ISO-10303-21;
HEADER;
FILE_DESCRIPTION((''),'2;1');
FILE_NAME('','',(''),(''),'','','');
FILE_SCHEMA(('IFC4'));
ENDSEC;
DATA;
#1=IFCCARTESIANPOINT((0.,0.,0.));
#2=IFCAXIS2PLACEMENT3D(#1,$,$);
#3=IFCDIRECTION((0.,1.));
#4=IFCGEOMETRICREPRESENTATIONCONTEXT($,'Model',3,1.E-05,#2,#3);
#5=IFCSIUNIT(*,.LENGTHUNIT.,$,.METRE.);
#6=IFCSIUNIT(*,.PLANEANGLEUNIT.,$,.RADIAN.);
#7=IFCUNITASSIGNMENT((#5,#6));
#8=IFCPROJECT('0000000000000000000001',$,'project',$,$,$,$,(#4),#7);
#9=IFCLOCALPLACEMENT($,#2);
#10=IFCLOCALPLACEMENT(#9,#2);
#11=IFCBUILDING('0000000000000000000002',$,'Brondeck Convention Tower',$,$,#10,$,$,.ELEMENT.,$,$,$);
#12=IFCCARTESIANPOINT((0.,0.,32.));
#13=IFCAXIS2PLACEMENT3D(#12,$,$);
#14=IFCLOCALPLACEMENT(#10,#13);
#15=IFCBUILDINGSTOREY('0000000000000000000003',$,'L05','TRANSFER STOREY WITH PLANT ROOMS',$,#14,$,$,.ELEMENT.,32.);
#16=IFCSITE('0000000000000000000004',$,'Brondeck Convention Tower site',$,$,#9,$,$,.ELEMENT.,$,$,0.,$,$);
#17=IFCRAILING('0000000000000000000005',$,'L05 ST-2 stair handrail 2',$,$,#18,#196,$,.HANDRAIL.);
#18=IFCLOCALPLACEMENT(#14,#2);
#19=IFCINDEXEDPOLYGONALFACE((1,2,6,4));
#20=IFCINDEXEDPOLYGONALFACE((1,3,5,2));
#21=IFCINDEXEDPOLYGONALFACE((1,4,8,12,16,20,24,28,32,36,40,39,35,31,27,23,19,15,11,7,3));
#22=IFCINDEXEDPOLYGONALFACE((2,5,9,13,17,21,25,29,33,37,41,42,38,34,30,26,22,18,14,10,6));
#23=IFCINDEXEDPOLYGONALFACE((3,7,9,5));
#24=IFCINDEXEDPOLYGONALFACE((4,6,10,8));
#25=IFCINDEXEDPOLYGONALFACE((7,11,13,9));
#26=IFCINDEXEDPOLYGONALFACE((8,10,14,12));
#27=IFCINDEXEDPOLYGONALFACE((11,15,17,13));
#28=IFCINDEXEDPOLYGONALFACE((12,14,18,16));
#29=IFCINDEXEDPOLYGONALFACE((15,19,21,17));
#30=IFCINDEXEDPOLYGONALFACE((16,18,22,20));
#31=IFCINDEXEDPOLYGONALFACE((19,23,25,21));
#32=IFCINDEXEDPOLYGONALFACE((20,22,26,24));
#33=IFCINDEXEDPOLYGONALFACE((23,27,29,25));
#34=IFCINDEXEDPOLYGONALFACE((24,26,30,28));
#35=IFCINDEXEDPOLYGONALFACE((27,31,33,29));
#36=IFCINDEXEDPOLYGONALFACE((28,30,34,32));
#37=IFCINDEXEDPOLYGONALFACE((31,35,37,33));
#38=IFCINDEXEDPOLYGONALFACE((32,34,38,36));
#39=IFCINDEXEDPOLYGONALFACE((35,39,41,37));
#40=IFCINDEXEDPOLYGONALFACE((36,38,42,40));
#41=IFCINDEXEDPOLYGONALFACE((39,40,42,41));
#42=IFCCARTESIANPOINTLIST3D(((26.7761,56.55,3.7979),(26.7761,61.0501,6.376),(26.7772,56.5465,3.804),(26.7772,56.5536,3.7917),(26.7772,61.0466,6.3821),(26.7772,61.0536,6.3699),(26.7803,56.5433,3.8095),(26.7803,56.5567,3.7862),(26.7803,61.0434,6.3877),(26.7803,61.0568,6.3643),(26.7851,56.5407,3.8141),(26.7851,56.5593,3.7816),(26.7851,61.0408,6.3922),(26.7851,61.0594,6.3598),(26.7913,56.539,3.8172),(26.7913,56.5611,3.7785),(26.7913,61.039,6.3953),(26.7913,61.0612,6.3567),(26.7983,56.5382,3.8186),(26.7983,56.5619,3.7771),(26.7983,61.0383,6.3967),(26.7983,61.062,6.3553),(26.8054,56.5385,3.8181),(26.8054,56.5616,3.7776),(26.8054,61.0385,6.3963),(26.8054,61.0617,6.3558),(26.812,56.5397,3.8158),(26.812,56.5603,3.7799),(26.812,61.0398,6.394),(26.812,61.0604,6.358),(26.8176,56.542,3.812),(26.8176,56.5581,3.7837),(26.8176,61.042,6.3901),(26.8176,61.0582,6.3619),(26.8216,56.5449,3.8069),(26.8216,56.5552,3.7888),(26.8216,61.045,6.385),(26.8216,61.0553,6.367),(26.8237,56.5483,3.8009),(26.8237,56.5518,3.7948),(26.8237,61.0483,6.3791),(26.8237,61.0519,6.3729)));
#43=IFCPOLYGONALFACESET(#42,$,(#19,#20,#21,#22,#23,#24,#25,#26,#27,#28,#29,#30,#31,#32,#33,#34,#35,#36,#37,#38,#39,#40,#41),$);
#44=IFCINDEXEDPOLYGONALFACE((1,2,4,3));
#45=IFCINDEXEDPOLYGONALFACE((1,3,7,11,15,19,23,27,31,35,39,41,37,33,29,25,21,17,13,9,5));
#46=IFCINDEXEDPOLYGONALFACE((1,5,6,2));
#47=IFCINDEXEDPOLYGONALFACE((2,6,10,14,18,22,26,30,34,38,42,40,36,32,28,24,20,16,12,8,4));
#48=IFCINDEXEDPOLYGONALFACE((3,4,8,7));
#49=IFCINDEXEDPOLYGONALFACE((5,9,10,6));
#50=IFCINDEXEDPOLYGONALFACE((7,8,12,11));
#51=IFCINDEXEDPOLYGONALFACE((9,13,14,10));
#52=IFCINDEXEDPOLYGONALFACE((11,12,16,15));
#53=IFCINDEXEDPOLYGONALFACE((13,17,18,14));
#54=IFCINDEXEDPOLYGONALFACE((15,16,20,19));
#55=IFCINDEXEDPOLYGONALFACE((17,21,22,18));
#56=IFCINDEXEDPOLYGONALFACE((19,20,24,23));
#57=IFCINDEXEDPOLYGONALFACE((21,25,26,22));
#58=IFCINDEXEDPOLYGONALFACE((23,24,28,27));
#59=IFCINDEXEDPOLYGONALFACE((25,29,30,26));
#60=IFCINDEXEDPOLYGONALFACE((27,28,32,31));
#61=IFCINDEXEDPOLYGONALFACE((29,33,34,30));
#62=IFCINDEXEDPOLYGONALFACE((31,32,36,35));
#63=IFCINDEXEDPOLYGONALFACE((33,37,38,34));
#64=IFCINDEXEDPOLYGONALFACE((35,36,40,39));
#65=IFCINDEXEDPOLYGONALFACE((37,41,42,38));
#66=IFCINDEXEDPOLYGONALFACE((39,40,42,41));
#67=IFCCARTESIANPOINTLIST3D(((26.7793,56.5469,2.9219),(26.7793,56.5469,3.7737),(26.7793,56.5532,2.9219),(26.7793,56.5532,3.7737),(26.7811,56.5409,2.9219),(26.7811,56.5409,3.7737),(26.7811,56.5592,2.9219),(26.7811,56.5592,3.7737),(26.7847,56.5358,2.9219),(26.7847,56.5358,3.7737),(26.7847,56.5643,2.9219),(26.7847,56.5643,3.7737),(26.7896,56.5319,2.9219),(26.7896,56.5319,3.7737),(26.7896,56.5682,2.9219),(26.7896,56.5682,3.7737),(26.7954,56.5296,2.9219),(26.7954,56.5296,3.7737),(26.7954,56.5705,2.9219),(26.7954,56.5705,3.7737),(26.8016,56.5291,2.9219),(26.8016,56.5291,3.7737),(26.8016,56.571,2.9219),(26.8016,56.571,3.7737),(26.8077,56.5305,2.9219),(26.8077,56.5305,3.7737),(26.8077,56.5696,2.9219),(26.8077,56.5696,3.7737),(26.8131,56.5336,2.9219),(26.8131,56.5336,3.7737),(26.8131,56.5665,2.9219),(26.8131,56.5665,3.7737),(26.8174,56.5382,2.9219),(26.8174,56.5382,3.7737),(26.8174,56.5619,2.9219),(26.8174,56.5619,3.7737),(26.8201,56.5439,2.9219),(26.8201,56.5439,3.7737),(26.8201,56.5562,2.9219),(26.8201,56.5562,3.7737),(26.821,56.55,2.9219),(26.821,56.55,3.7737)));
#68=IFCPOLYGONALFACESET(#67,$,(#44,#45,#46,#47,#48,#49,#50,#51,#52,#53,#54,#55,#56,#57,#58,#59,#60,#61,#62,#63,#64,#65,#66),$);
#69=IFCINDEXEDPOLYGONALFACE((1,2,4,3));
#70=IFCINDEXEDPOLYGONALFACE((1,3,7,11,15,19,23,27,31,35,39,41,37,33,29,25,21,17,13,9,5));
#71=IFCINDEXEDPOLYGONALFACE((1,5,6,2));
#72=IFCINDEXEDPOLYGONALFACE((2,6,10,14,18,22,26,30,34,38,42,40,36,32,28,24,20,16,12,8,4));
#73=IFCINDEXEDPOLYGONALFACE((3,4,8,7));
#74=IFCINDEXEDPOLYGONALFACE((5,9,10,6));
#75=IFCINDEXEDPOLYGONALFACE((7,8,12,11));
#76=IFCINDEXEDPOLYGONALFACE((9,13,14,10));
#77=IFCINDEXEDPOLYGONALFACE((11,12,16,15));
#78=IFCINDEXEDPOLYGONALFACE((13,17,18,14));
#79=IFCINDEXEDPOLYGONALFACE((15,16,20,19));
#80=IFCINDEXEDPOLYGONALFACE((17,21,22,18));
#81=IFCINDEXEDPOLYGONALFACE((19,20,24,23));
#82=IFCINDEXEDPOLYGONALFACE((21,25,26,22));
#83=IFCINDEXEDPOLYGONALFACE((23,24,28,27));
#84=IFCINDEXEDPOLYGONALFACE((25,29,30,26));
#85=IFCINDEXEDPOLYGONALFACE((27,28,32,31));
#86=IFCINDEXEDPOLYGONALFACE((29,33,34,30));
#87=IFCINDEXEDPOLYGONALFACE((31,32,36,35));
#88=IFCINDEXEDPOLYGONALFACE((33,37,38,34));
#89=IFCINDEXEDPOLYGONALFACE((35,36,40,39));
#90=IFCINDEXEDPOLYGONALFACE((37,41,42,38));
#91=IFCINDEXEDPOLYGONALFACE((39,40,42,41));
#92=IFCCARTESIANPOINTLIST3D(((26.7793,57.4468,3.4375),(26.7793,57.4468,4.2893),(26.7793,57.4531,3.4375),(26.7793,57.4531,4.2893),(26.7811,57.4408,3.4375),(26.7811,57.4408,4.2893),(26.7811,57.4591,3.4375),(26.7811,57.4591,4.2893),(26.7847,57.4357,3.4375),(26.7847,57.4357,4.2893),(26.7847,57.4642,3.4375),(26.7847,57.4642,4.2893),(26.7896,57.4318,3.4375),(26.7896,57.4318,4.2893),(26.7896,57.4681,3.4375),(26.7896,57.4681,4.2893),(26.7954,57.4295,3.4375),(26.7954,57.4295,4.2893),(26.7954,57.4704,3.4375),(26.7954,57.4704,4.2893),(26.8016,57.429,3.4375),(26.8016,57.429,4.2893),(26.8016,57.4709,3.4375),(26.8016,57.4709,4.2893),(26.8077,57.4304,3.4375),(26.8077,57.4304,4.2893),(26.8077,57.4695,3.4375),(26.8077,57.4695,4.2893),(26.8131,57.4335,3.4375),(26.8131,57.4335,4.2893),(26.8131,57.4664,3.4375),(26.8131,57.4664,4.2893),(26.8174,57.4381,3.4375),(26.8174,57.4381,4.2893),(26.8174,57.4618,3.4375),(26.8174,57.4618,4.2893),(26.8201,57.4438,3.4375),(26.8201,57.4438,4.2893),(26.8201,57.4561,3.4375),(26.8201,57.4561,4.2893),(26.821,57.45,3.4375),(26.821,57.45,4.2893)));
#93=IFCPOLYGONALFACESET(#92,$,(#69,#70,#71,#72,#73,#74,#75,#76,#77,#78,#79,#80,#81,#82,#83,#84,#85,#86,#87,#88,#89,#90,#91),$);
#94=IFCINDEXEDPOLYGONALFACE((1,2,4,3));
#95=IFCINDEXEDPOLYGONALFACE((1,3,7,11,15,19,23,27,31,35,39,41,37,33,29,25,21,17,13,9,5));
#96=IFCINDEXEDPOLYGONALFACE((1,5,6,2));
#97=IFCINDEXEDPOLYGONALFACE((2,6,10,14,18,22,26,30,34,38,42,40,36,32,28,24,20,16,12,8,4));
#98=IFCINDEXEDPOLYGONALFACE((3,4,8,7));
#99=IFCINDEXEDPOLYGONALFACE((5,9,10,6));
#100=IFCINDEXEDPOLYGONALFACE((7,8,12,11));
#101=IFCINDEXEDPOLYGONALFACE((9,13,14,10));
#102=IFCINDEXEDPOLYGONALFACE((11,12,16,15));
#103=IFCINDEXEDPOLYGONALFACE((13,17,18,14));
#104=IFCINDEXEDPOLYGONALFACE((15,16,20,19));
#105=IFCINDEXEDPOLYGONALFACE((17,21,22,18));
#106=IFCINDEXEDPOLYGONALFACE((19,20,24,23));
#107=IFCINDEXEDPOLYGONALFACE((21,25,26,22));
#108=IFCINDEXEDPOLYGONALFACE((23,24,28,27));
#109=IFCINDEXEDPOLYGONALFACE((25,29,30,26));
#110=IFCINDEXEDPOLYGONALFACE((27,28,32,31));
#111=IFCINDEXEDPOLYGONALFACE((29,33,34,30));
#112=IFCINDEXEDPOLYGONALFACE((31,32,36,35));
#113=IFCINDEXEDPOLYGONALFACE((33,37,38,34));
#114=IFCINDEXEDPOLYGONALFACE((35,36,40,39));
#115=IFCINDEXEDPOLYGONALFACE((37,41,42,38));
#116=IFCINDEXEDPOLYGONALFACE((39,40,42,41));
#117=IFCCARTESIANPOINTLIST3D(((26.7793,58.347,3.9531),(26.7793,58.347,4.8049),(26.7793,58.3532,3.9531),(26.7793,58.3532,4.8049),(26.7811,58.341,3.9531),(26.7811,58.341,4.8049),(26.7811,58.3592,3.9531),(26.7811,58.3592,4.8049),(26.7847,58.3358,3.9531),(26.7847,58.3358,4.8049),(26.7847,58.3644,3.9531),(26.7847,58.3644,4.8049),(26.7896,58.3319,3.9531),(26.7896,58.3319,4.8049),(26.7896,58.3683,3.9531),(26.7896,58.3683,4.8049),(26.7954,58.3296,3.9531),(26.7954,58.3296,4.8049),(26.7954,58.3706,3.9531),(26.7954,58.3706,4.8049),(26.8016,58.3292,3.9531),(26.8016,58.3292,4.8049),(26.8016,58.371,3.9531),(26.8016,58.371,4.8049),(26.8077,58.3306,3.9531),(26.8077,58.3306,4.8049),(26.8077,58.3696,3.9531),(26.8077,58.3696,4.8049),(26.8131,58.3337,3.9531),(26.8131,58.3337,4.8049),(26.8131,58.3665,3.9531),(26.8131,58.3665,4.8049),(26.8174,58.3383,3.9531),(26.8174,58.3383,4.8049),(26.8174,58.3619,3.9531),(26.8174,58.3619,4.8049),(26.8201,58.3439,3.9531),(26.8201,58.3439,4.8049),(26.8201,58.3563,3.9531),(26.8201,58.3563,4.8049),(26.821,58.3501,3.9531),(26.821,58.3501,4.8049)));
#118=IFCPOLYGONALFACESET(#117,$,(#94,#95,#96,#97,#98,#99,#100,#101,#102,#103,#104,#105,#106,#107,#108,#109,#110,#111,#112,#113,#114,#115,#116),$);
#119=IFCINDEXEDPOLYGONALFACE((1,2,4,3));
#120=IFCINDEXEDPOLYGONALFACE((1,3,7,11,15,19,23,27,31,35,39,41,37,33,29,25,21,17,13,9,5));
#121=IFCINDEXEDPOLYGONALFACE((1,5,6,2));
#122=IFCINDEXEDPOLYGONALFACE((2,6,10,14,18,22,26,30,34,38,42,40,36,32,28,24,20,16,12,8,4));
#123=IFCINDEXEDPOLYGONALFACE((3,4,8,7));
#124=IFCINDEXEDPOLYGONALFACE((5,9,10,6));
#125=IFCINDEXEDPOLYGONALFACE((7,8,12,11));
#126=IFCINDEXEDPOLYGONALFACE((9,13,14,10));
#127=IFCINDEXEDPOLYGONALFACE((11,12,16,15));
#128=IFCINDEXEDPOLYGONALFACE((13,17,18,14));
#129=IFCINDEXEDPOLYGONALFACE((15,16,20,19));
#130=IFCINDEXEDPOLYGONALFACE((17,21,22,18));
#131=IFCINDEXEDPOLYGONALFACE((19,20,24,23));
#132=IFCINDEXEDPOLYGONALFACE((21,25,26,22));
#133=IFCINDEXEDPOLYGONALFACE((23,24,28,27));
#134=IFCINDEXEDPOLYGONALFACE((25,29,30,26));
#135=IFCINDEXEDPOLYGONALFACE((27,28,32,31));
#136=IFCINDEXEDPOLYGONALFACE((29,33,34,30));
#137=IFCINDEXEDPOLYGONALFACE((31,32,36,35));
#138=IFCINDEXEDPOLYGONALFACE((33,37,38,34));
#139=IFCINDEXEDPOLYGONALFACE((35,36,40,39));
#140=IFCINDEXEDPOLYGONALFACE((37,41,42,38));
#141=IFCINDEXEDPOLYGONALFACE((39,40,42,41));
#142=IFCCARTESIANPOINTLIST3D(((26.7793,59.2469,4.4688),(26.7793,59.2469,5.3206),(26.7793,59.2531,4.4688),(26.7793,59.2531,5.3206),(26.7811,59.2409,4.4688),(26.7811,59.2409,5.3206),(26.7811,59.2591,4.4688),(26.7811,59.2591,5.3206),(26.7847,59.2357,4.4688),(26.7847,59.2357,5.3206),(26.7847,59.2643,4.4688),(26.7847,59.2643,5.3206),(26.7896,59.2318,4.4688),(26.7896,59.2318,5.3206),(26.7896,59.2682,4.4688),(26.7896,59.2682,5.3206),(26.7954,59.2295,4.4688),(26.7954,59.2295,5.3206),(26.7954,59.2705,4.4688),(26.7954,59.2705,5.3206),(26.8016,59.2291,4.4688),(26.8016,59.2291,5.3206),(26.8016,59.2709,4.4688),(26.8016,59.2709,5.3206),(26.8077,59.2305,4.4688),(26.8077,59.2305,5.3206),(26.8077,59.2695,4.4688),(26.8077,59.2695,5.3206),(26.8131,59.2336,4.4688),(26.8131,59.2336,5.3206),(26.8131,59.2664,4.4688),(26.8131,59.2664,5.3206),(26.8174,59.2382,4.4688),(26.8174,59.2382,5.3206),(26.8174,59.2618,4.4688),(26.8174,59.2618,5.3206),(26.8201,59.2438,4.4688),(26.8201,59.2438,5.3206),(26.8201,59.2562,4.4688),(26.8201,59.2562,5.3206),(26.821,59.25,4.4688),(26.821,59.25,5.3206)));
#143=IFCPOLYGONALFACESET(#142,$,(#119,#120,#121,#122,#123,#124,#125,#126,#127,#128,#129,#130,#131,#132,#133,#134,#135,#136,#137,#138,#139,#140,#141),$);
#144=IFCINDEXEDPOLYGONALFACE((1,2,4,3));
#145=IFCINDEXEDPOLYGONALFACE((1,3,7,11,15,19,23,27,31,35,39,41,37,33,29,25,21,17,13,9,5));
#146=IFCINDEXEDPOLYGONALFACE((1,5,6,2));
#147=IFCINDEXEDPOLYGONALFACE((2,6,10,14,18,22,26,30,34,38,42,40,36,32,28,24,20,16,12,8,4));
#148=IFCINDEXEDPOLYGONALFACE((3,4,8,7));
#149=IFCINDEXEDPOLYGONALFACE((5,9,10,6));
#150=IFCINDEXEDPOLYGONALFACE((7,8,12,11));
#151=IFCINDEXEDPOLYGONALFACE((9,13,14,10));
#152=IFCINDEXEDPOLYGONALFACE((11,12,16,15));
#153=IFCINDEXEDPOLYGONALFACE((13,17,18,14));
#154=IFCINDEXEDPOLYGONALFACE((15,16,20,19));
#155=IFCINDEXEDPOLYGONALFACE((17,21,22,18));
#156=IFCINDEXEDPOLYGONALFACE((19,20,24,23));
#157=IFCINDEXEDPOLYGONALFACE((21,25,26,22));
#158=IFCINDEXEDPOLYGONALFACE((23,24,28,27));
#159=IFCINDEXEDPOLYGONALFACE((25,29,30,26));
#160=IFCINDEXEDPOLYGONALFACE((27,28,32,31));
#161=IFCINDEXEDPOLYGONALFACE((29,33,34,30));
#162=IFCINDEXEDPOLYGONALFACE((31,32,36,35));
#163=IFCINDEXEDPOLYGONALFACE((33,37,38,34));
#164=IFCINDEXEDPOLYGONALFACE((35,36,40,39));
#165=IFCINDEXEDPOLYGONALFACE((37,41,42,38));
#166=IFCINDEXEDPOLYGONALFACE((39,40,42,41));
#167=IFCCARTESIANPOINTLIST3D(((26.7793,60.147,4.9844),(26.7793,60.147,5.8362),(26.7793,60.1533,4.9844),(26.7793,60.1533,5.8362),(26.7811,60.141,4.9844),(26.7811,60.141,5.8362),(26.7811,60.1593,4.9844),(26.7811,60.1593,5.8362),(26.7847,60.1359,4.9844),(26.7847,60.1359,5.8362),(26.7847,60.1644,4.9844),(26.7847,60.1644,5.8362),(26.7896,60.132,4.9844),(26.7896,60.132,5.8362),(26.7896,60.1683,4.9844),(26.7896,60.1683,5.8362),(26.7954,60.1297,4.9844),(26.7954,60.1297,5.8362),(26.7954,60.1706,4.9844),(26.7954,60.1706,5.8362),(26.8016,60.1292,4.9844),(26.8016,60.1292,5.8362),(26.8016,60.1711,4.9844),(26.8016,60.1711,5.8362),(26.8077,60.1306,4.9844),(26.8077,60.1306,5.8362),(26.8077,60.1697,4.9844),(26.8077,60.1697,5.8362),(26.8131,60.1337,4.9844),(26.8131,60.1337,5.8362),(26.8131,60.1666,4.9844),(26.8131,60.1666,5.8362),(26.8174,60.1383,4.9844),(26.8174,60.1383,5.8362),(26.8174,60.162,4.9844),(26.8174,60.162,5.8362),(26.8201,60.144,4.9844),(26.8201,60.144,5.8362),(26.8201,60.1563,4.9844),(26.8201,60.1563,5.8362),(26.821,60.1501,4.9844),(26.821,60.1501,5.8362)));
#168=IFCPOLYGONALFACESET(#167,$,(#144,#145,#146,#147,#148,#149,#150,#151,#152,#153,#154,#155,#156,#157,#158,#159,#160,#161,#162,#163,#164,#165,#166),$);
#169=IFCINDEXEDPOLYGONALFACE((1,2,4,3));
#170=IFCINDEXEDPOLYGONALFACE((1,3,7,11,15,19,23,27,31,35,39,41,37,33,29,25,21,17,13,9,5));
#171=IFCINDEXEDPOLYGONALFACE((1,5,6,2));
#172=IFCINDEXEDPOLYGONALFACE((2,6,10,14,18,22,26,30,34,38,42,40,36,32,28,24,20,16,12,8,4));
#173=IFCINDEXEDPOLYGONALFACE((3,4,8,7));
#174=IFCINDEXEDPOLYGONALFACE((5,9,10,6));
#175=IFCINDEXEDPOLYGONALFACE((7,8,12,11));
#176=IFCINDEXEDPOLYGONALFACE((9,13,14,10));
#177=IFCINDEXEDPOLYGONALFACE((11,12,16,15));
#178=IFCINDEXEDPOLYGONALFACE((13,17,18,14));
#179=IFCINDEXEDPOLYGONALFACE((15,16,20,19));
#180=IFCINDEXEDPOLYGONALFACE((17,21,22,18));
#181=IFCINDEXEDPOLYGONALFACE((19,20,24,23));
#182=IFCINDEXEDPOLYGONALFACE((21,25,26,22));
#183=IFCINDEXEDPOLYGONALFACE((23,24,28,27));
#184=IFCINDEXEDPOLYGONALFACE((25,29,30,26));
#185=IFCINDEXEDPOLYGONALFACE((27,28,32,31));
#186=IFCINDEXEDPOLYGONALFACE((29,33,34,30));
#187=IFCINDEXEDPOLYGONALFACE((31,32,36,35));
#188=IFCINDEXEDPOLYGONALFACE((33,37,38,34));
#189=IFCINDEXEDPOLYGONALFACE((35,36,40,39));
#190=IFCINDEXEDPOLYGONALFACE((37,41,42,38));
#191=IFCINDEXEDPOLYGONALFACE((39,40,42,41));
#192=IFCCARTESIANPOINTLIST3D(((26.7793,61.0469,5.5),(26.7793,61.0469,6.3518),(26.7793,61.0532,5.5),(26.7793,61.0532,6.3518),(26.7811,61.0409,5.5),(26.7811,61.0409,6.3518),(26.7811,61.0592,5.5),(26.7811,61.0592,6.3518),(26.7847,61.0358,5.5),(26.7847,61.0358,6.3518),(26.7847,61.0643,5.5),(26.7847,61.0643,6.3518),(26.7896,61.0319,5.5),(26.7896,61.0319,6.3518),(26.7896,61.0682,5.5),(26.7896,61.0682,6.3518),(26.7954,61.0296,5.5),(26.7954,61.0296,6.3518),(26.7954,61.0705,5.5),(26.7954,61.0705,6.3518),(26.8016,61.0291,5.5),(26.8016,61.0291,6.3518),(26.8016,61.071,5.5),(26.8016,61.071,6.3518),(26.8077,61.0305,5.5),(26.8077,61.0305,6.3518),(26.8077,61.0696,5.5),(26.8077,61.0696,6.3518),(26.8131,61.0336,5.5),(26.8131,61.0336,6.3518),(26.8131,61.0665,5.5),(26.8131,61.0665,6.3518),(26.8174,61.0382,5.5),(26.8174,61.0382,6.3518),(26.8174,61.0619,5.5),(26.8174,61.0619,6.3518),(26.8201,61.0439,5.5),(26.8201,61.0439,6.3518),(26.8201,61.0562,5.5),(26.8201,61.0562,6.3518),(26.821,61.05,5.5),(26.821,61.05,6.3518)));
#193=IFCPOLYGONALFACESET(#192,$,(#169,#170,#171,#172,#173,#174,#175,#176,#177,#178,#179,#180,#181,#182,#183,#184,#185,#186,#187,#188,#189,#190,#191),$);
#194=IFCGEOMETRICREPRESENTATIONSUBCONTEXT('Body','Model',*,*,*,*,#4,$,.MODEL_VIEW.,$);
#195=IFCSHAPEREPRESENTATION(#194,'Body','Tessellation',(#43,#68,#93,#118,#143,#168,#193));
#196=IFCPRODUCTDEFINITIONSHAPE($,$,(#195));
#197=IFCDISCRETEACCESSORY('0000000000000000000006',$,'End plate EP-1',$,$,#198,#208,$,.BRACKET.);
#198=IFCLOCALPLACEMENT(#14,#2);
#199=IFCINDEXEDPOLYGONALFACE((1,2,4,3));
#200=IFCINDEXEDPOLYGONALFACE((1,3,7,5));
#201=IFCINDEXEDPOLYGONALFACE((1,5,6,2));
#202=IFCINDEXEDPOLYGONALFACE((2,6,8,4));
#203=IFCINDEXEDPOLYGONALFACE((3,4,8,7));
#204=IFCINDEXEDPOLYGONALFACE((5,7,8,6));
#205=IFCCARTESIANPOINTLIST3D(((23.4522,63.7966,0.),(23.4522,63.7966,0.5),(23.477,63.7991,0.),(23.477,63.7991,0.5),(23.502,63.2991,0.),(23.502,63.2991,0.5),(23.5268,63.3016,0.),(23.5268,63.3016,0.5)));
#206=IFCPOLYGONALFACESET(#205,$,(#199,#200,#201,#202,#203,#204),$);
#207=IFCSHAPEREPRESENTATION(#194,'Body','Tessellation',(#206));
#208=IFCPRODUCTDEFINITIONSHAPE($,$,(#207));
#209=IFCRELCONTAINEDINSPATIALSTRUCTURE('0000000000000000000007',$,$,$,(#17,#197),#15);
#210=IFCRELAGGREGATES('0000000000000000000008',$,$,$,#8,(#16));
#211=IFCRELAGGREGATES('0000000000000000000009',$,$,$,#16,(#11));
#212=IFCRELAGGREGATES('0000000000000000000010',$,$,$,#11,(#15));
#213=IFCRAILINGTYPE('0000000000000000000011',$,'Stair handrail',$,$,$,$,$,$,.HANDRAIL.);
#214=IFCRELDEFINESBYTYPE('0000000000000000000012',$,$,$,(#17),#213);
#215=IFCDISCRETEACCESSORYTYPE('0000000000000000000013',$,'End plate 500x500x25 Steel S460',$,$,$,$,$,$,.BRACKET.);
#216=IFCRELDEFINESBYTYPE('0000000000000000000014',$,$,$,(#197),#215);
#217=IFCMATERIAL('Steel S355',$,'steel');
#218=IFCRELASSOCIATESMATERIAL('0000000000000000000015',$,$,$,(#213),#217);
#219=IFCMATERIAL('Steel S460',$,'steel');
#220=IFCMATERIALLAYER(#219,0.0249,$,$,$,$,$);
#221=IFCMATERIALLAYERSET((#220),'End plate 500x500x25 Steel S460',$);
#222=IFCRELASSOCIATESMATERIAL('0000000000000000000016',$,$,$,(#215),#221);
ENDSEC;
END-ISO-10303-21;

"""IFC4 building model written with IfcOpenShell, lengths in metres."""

from ifc_helpers import new_model, si_unit, direction, frame, origin, origin_2d, place, context, subcontext, project, spatial, rectangle, circle, extrude, material, layer, layer_set, type_object, element, save


model = new_model("IFC4")

# Units and contexts
model_context = context("Model", 3, precision=1e-05, world=origin(), true_north=direction((0.0, 1.0)))
body_context = subcontext(model_context, "Body", "Model", "MODEL_VIEW")
ifc_project = project(units=[si_unit("LENGTHUNIT", "METRE"), si_unit("PLANEANGLEUNIT", "RADIAN")], contexts=[model_context])

# Site, building, storey
site_placement = place(None, origin())
site = spatial("IfcSite", under=ifc_project, at=site_placement, Name="Brondeck Convention Tower site", CompositionType="ELEMENT", RefElevation=0.0)
building_placement = place(site_placement, origin())
building = spatial("IfcBuilding", under=site, at=building_placement, Name="Brondeck Convention Tower", CompositionType="ELEMENT")
storey_placement = place(building_placement, frame((0.0, 0.0, 32.0)))
storey = spatial("IfcBuildingStorey", under=building, at=storey_placement, Name="L05", Description="TRANSFER STOREY WITH PLANT ROOMS", CompositionType="ELEMENT", Elevation=32.0)

# Shared definitions
ifc_material_1 = material(Name="Steel S460", Category="steel")

# Railing
ifc_material_2 = material(Name="Steel S355", Category="steel")
railing_type_1 = type_object("IfcRailingType", Name="Stair handrail", PredefinedType="HANDRAIL", material=ifc_material_2)
railing_1_placement = place(storey_placement, frame((26.8, 56.55, 2.9219)))
element("IfcRailing", 1, at=railing_1_placement, inside=storey, type_object=railing_type_1, Name="L05 ST-2 stair handrail 2", PredefinedType="HANDRAIL", context=body_context, shape_type="SweptSolid", body=[
    extrude(circle(Radius=0.0239, at=origin_2d()), frame((0.0, 0.0, 0.876), z_axis=(0.0, 0.867686, 0.497112), x_axis=(-1.0, 0.0, 0.0)), (0.0, 0.0, 1.0), 5.1863),
    extrude(circle(Radius=0.021, at=origin_2d()), origin(), (0.0, 0.0, 1.0), 0.8518),
    extrude(circle(Radius=0.021, at=origin_2d()), frame((0.0, 0.8999, 0.5156)), (0.0, 0.0, 1.0), 0.8518),
    extrude(circle(Radius=0.021, at=origin_2d()), frame((0.0, 1.8, 1.0312)), (0.0, 0.0, 1.0), 0.8518),
    extrude(circle(Radius=0.021, at=origin_2d()), frame((0.0, 2.7, 1.5469)), (0.0, 0.0, 1.0), 0.8518),
    extrude(circle(Radius=0.021, at=origin_2d()), frame((0.0, 3.6001, 2.0625)), (0.0, 0.0, 1.0), 0.8518),
    extrude(circle(Radius=0.021, at=origin_2d()), frame((0.0, 4.5, 2.5781)), (0.0, 0.0, 1.0), 0.8518),
])

# Discrete accessory
ifc_layer_1 = layer(ifc_material_1, 0.0249)
ifc_layer_set_1 = layer_set([ifc_layer_1], Name="End plate 500x500x25 Steel S460")
discrete_accessory_type_1 = type_object("IfcDiscreteAccessoryType", Name="End plate 500x500x25 Steel S460", PredefinedType="BRACKET", material=ifc_layer_set_1)
for number, where, z_axis, x_axis, name in (
    (2, (23.4895, 63.5491, 0.0), (0.0, 0.0, 1.0), (0.099511, -0.995036, 0.0), "End plate EP-1"),
):
    element("IfcDiscreteAccessory", number, at=place(storey_placement, frame(where, z_axis=z_axis, x_axis=x_axis)), inside=storey, type_object=discrete_accessory_type_1, Name=name, PredefinedType="BRACKET", context=body_context, shape_type="SweptSolid", body=[
        extrude(rectangle(XDim=0.5, YDim=0.0249, at=origin_2d()), origin(), (0.0, 0.0, 1.0), 0.5),
    ])

save(model, "model.ifc")
